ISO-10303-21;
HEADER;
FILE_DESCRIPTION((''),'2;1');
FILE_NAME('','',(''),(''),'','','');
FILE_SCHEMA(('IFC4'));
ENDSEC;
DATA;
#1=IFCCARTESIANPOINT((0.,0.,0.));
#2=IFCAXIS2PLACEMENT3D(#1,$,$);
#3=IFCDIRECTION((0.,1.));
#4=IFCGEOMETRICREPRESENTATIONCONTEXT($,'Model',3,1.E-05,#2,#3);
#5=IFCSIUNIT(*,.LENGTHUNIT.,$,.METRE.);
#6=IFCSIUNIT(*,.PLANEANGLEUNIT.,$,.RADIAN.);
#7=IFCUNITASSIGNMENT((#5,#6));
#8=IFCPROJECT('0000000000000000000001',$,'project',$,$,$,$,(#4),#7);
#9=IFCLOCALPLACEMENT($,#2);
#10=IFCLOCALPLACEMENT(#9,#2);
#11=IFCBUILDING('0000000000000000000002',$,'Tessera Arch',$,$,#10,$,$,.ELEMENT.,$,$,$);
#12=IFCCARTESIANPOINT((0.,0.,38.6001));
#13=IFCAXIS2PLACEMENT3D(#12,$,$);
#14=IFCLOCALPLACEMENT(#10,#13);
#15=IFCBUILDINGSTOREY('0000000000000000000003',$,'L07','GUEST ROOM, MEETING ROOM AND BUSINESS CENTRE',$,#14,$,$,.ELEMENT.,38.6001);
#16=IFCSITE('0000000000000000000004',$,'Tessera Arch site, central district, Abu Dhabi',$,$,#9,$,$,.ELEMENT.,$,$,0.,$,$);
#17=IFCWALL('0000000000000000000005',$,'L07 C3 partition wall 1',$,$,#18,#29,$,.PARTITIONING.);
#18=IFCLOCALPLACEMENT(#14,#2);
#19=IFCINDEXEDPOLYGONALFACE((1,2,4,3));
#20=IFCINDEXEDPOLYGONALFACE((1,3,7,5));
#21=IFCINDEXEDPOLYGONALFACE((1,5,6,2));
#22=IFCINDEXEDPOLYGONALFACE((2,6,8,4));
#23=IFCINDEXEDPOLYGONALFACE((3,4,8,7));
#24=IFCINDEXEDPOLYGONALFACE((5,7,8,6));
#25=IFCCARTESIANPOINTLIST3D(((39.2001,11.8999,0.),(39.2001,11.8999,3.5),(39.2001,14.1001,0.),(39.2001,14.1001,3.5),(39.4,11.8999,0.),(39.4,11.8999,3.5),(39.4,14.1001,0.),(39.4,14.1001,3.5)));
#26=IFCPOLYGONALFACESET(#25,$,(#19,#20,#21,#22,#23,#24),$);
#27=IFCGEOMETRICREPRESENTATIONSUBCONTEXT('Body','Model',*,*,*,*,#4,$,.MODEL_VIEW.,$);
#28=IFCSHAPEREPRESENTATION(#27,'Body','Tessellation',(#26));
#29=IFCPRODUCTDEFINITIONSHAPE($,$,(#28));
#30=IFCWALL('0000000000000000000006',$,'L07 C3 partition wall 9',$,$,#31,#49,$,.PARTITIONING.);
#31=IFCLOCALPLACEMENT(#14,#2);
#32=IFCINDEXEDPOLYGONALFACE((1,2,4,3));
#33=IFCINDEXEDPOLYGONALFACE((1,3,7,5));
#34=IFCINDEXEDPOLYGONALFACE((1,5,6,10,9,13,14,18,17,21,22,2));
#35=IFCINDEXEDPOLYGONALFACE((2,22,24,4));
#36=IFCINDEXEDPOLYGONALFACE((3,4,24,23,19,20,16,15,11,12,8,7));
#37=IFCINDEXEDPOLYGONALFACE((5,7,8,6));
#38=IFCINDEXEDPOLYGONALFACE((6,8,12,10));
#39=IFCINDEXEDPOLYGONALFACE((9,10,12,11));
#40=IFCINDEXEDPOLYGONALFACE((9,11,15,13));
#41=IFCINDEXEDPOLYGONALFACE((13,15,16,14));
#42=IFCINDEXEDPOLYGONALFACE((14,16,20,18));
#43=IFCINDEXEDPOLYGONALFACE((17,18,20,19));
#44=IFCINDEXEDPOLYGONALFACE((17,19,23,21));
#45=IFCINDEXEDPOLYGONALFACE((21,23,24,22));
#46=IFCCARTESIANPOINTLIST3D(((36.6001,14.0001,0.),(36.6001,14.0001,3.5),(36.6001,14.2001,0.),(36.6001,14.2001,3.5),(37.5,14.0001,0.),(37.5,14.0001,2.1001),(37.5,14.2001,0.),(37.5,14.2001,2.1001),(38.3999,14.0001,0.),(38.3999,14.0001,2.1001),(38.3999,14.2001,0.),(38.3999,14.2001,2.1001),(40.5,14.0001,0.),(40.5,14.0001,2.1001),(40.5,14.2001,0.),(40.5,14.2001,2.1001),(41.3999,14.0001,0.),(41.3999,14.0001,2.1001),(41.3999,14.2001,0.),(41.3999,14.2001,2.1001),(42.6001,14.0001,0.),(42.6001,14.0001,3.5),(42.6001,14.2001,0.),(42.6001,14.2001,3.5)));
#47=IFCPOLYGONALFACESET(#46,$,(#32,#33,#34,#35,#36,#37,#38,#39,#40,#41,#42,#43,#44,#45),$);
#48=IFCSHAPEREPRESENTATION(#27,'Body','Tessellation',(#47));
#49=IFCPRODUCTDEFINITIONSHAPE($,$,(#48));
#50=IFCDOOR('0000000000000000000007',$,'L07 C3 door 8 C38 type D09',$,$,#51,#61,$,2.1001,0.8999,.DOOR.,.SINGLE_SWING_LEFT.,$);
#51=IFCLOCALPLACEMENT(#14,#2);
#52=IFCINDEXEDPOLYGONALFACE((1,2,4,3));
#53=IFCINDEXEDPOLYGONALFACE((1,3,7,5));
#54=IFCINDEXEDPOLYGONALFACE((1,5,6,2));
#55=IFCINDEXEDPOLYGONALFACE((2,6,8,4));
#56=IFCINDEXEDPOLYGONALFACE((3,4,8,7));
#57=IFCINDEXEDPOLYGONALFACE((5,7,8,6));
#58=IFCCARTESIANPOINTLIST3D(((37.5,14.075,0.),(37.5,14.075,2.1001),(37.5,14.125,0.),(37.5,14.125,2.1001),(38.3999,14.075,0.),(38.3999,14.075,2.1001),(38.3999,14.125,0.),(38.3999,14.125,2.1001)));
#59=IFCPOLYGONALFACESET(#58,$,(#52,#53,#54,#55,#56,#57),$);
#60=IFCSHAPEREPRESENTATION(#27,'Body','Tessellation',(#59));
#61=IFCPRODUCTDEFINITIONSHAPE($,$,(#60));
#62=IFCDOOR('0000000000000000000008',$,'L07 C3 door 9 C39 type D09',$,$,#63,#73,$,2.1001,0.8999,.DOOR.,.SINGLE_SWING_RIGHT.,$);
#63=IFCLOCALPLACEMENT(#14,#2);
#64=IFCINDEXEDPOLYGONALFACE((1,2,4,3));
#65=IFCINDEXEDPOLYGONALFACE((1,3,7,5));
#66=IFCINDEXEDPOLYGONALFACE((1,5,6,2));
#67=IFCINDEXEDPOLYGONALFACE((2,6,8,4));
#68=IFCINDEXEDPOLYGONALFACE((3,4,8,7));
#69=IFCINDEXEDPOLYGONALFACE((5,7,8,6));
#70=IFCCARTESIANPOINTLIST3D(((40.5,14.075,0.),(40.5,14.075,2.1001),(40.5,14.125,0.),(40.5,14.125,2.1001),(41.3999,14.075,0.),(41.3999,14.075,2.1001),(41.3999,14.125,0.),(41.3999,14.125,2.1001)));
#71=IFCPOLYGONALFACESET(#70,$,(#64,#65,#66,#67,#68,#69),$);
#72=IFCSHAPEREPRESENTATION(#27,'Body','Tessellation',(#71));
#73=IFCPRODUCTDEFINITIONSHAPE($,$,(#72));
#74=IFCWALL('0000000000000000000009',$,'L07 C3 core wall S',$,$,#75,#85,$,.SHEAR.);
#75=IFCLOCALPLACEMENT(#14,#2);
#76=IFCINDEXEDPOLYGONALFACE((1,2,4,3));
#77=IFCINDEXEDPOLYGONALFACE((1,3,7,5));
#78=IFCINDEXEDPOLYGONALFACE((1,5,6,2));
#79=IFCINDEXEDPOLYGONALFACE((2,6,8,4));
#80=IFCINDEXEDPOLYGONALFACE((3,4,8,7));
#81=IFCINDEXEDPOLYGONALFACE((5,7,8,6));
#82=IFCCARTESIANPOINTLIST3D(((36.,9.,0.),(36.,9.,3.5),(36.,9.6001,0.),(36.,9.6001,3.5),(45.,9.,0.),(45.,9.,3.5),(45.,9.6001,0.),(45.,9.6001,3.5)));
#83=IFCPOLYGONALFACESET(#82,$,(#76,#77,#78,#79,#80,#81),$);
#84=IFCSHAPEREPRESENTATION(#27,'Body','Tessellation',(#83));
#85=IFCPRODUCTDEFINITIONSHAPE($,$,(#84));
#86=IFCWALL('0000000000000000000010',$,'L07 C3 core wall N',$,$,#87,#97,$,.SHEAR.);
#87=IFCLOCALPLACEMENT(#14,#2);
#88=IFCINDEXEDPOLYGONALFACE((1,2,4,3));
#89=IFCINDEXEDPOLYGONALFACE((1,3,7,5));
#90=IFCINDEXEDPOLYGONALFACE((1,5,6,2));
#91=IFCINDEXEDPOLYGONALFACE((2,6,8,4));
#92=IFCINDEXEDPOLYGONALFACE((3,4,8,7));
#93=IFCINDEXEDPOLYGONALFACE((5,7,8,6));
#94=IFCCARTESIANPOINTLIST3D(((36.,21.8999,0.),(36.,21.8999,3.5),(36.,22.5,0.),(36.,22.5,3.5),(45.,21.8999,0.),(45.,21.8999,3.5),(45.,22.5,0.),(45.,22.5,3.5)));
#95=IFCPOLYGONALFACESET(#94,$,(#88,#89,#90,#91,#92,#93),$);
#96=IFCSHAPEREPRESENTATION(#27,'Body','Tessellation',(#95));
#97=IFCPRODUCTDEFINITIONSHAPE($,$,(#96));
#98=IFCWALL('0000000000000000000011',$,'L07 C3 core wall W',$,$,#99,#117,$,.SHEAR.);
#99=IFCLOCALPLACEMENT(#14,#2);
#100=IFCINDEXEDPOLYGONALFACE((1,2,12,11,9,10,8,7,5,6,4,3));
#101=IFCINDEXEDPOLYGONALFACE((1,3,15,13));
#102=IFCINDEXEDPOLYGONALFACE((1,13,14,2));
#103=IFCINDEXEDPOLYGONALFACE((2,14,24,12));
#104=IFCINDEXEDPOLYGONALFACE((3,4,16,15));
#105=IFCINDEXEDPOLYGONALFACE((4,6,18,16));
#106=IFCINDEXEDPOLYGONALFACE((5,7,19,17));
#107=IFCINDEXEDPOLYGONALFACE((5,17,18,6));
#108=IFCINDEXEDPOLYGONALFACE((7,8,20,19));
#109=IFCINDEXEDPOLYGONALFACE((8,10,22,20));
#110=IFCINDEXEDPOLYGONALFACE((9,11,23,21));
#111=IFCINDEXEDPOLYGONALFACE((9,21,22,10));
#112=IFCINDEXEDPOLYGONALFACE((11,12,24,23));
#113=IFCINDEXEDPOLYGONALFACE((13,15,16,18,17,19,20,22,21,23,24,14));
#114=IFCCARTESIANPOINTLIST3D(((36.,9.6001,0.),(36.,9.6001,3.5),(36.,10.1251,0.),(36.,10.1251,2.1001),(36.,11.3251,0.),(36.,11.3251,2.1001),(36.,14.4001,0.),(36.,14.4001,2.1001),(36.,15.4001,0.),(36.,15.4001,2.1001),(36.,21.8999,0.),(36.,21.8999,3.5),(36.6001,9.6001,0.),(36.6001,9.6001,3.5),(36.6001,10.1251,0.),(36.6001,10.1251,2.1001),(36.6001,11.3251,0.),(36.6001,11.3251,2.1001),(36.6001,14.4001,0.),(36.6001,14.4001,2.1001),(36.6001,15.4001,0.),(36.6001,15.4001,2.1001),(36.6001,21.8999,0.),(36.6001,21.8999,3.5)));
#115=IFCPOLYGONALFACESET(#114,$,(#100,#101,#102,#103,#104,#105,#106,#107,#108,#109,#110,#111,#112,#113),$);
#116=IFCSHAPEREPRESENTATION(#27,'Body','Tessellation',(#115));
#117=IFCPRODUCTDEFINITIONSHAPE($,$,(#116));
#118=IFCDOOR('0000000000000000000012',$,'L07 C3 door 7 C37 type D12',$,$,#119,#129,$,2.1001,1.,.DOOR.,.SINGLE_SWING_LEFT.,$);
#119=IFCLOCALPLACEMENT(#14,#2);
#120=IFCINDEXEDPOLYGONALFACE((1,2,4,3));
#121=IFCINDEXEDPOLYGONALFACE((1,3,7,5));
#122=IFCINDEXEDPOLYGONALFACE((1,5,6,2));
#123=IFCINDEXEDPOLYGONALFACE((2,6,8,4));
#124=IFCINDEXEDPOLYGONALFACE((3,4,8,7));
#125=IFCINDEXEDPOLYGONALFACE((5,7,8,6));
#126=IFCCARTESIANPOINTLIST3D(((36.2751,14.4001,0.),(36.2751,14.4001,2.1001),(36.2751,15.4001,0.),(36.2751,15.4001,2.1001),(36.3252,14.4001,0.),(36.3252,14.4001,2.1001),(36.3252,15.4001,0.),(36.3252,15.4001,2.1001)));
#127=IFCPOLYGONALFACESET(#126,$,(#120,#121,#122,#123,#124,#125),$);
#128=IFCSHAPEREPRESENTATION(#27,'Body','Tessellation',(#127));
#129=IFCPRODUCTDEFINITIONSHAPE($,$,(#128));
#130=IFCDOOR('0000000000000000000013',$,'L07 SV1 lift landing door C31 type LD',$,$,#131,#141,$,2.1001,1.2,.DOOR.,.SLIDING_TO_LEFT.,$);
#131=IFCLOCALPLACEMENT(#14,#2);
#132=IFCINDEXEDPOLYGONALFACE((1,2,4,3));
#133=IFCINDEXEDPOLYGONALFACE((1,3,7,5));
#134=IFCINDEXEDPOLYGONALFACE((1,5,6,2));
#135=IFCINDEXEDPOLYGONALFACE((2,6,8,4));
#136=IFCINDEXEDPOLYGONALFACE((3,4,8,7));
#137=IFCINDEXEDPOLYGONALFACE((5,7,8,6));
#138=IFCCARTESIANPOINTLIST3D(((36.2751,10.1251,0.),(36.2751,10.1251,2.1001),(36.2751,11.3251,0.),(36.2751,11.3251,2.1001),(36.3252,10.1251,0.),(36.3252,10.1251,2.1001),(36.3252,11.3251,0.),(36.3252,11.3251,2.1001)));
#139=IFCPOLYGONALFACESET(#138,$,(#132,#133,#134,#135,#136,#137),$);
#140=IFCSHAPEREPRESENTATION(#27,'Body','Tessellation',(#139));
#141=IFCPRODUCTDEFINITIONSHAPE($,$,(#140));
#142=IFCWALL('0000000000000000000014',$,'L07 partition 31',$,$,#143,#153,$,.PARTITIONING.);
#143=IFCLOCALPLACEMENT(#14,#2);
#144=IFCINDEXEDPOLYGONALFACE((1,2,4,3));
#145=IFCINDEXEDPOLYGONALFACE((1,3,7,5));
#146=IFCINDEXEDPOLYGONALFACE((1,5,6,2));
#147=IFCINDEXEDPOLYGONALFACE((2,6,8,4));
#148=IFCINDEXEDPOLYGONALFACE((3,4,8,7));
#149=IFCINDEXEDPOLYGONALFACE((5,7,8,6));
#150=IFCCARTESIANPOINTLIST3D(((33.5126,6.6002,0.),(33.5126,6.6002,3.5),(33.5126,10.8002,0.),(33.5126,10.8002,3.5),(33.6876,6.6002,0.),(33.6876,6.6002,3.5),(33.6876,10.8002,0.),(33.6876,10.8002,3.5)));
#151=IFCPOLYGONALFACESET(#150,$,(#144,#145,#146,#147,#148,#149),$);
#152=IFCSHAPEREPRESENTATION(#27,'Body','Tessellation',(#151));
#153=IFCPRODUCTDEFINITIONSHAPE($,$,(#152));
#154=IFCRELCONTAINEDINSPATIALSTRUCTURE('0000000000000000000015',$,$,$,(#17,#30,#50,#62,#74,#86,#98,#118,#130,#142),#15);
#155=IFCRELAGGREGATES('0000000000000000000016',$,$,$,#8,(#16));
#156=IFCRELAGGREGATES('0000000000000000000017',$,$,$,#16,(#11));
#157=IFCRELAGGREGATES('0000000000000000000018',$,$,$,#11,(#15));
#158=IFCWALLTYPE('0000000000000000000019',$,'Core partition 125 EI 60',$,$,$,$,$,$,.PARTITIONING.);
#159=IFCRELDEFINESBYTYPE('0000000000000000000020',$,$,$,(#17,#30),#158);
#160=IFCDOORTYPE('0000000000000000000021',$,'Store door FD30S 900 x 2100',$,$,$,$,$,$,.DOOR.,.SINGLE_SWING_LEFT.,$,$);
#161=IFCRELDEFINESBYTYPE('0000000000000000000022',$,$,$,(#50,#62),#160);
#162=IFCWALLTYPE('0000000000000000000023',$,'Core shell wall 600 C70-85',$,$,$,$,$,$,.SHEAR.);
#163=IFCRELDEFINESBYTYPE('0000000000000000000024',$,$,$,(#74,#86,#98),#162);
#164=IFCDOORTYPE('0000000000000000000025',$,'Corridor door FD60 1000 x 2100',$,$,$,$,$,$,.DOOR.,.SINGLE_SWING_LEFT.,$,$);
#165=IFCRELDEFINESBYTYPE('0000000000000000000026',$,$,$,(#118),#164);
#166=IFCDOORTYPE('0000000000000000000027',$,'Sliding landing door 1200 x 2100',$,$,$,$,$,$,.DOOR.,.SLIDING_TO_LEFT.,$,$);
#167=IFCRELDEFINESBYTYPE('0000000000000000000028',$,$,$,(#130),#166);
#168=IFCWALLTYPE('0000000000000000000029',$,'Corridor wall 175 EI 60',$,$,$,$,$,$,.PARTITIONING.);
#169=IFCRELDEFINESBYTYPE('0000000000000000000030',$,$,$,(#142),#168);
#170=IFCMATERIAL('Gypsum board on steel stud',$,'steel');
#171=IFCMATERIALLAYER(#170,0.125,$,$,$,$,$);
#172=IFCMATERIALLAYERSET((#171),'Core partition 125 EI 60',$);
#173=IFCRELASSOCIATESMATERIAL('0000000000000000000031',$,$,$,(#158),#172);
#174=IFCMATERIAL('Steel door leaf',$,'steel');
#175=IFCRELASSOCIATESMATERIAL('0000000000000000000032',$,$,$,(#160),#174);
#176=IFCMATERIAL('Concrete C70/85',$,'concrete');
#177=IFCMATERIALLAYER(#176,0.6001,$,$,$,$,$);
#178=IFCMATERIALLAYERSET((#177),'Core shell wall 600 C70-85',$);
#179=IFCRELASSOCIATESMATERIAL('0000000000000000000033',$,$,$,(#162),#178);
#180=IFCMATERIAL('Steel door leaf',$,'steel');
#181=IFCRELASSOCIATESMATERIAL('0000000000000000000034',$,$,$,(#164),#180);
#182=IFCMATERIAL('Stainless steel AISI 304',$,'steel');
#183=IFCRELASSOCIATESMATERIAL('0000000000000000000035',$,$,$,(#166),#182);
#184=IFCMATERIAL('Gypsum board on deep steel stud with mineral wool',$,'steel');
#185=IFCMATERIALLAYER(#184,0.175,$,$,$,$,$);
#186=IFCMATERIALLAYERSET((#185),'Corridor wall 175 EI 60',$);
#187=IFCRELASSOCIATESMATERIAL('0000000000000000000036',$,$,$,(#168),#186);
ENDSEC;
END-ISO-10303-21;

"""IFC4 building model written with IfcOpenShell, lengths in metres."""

from ifc_helpers import new_model, si_unit, direction, frame, frame_2d, origin, place, context, subcontext, project, spatial, rectangle, extrude, material, layer, layer_set, type_object, element, fill, save


model = new_model("IFC4")

# Units and contexts
model_context = context("Model", 3, precision=1e-05, world=origin(), true_north=direction((0.0, 1.0)))
body_context = subcontext(model_context, "Body", "Model", "MODEL_VIEW")
ifc_project = project(units=[si_unit("LENGTHUNIT", "METRE"), si_unit("PLANEANGLEUNIT", "RADIAN")], contexts=[model_context])

# Site, building, storey
site_placement = place(None, origin())
site = spatial("IfcSite", under=ifc_project, at=site_placement, Name="Tessera Arch site, central district, Abu Dhabi", CompositionType="ELEMENT", RefElevation=0.0)
building_placement = place(site_placement, origin())
building = spatial("IfcBuilding", under=site, at=building_placement, Name="Tessera Arch", CompositionType="ELEMENT")
storey_placement = place(building_placement, frame((0.0, 0.0, 38.6001)))
storey = spatial("IfcBuildingStorey", under=building, at=storey_placement, Name="L07", Description="GUEST ROOM, MEETING ROOM AND BUSINESS CENTRE", CompositionType="ELEMENT", Elevation=38.6001)

# Wall
ifc_material_1 = material(Name="Gypsum board on steel stud", Category="steel")
ifc_layer_1 = layer(ifc_material_1, 0.125)
ifc_layer_set_1 = layer_set([ifc_layer_1], Name="Core partition 125 EI 60")
wall_type_1 = type_object("IfcWallType", Name="Core partition 125 EI 60", PredefinedType="PARTITIONING", material=ifc_layer_set_1)
wall_1_placement = place(storey_placement, frame((39.3, 11.8999, 0.0), z_axis=(0.0, 0.0, 1.0), x_axis=(0.0, 1.0, 0.0)))
element("IfcWall", 1, at=wall_1_placement, inside=storey, type_object=wall_type_1, Name="L07 C3 partition wall 1", PredefinedType="PARTITIONING", context=body_context, shape_type="SweptSolid", body=[
    extrude(rectangle(XDim=2.2002, YDim=0.2, at=frame_2d((1.1001, 0.0))), origin(), (0.0, 0.0, 1.0), 3.5),
])

# Wall, openings, doors
wall_2_placement = place(storey_placement, frame((36.6001, 14.1001, 0.0), z_axis=(0.0, 0.0, 1.0), x_axis=(1.0, 0.0, 0.0)))
wall_2 = element("IfcWall", 2, at=wall_2_placement, inside=storey, type_object=wall_type_1, Name="L07 C3 partition wall 9", PredefinedType="PARTITIONING", context=body_context, shape_type="SweptSolid", body=[
    extrude(rectangle(XDim=6.0, YDim=0.2, at=frame_2d((3.0, 0.0))), origin(), (0.0, 0.0, 1.0), 3.5),
])
opening_1_placement = place(wall_2_placement, frame((0.8999, 0.0, 0.0)))
opening_1 = element("IfcOpeningElement", 3, at=opening_1_placement, cuts=wall_2, PredefinedType="OPENING", context=body_context, shape_type="SweptSolid", body=[
    extrude(rectangle(XDim=0.8999, YDim=2.1001, at=frame_2d((0.45, 1.05))), frame((0.0, 0.1099, 0.0), z_axis=(0.0, -1.0, 0.0), x_axis=(1.0, 0.0, 0.0)), (0.0, 0.0, 1.0), 0.22),
])
opening_2_placement = place(wall_2_placement, frame((3.8999, 0.0, 0.0)))
opening_2 = element("IfcOpeningElement", 4, at=opening_2_placement, cuts=wall_2, PredefinedType="OPENING", context=body_context, shape_type="SweptSolid", body=[
    extrude(rectangle(XDim=0.8999, YDim=2.1001, at=frame_2d((0.45, 1.05))), frame((0.0, 0.1099, 0.0), z_axis=(0.0, -1.0, 0.0), x_axis=(1.0, 0.0, 0.0)), (0.0, 0.0, 1.0), 0.22),
])
ifc_material_2 = material(Name="Steel door leaf", Category="steel")
door_type_1 = type_object("IfcDoorType", Name="Store door FD30S 900 x 2100", OperationType="SINGLE_SWING_LEFT", PredefinedType="DOOR", material=ifc_material_2)
door_1_placement = place(opening_1_placement, origin())
door_1 = element("IfcDoor", 5, at=door_1_placement, inside=storey, type_object=door_type_1, Name="L07 C3 door 8 C38 type D09", OperationType="SINGLE_SWING_LEFT", OverallHeight=2.1001, OverallWidth=0.8999, PredefinedType="DOOR", context=body_context, shape_type="SweptSolid", body=[
    extrude(rectangle(XDim=0.8999, YDim=2.1001, at=frame_2d((0.45, 1.05))), frame((0.0, 0.0249, 0.0), z_axis=(0.0, -1.0, 0.0), x_axis=(1.0, 0.0, 0.0)), (0.0, 0.0, 1.0), 0.05),
])
fill(opening_1, door_1)
door_2_placement = place(opening_2_placement, origin())
door_2 = element("IfcDoor", 6, at=door_2_placement, inside=storey, type_object=door_type_1, Name="L07 C3 door 9 C39 type D09", OperationType="SINGLE_SWING_RIGHT", OverallHeight=2.1001, OverallWidth=0.8999, PredefinedType="DOOR", context=body_context, shape_type="SweptSolid", body=[
    extrude(rectangle(XDim=0.8999, YDim=2.1001, at=frame_2d((0.45, 1.05))), frame((0.0, 0.0249, 0.0), z_axis=(0.0, -1.0, 0.0), x_axis=(1.0, 0.0, 0.0)), (0.0, 0.0, 1.0), 0.05),
])
fill(opening_2, door_2)

# Walls
ifc_material_3 = material(Name="Concrete C70/85", Category="concrete")
ifc_layer_2 = layer(ifc_material_3, 0.6001)
ifc_layer_set_2 = layer_set([ifc_layer_2], Name="Core shell wall 600 C70-85")
wall_type_2 = type_object("IfcWallType", Name="Core shell wall 600 C70-85", PredefinedType="SHEAR", material=ifc_layer_set_2)
for number, where, z_axis, x_axis, name in (
    (7, (36.0, 9.3, 0.0), (0.0, 0.0, 1.0), (1.0, 0.0, 0.0), "L07 C3 core wall S"),
    (8, (36.0, 22.2, 0.0), (0.0, 0.0, 1.0), (1.0, 0.0, 0.0), "L07 C3 core wall N"),
):
    element("IfcWall", number, at=place(storey_placement, frame(where, z_axis=z_axis, x_axis=x_axis)), inside=storey, type_object=wall_type_2, Name=name, PredefinedType="SHEAR", context=body_context, shape_type="SweptSolid", body=[
        extrude(rectangle(XDim=9.0, YDim=0.6001, at=frame_2d((4.5, 0.0))), origin(), (0.0, 0.0, 1.0), 3.5),
    ])

# Wall, openings, doors
wall_3_placement = place(storey_placement, frame((36.3, 9.6001, 0.0), z_axis=(0.0, 0.0, 1.0), x_axis=(0.0, 1.0, 0.0)))
wall_3 = element("IfcWall", 9, at=wall_3_placement, inside=storey, type_object=wall_type_2, Name="L07 C3 core wall W", PredefinedType="SHEAR", context=body_context, shape_type="SweptSolid", body=[
    extrude(rectangle(XDim=12.2998, YDim=0.6001, at=frame_2d((6.1499, 0.0))), origin(), (0.0, 0.0, 1.0), 3.5),
])
opening_3_placement = place(wall_3_placement, frame((0.5249, 0.0, 0.0)))
opening_3 = element("IfcOpeningElement", 10, at=opening_3_placement, cuts=wall_3, PredefinedType="OPENING", context=body_context, shape_type="SweptSolid", body=[
    extrude(rectangle(XDim=1.2, YDim=2.1001, at=frame_2d((0.6001, 1.05))), frame((0.0, 0.3101, 0.0), z_axis=(0.0, -1.0, 0.0), x_axis=(1.0, 0.0, 0.0)), (0.0, 0.0, 1.0), 0.6201),
])
opening_4_placement = place(wall_3_placement, frame((4.8, 0.0, 0.0)))
opening_4 = element("IfcOpeningElement", 11, at=opening_4_placement, cuts=wall_3, PredefinedType="OPENING", context=body_context, shape_type="SweptSolid", body=[
    extrude(rectangle(XDim=1.0, YDim=2.1001, at=frame_2d((0.5, 1.05))), frame((0.0, 0.3101, 0.0), z_axis=(0.0, -1.0, 0.0), x_axis=(1.0, 0.0, 0.0)), (0.0, 0.0, 1.0), 0.6201),
])
ifc_material_4 = material(Name="Steel door leaf", Category="steel")
door_type_2 = type_object("IfcDoorType", Name="Corridor door FD60 1000 x 2100", OperationType="SINGLE_SWING_LEFT", PredefinedType="DOOR", material=ifc_material_4)
door_3_placement = place(opening_4_placement, origin())
door_3 = element("IfcDoor", 12, at=door_3_placement, inside=storey, type_object=door_type_2, Name="L07 C3 door 7 C37 type D12", OperationType="SINGLE_SWING_LEFT", OverallHeight=2.1001, OverallWidth=1.0, PredefinedType="DOOR", context=body_context, shape_type="SweptSolid", body=[
    extrude(rectangle(XDim=1.0, YDim=2.1001, at=frame_2d((0.5, 1.05))), frame((0.0, 0.0249, 0.0), z_axis=(0.0, -1.0, 0.0), x_axis=(1.0, 0.0, 0.0)), (0.0, 0.0, 1.0), 0.05),
])
fill(opening_4, door_3)
ifc_material_5 = material(Name="Stainless steel AISI 304", Category="steel")
door_type_3 = type_object("IfcDoorType", Name="Sliding landing door 1200 x 2100", OperationType="SLIDING_TO_LEFT", PredefinedType="DOOR", material=ifc_material_5)
door_4_placement = place(opening_3_placement, origin())
door_4 = element("IfcDoor", 13, at=door_4_placement, inside=storey, type_object=door_type_3, Name="L07 SV1 lift landing door C31 type LD", OperationType="SLIDING_TO_LEFT", OverallHeight=2.1001, OverallWidth=1.2, PredefinedType="DOOR", context=body_context, shape_type="SweptSolid", body=[
    extrude(rectangle(XDim=1.2, YDim=2.1001, at=frame_2d((0.6001, 1.05))), frame((0.0, 0.0249, 0.0), z_axis=(0.0, -1.0, 0.0), x_axis=(1.0, 0.0, 0.0)), (0.0, 0.0, 1.0), 0.05),
])
fill(opening_3, door_4)

# Wall
ifc_material_6 = material(Name="Gypsum board on deep steel stud with mineral wool", Category="steel")
ifc_layer_3 = layer(ifc_material_6, 0.175)
ifc_layer_set_3 = layer_set([ifc_layer_3], Name="Corridor wall 175 EI 60")
wall_type_3 = type_object("IfcWallType", Name="Corridor wall 175 EI 60", PredefinedType="PARTITIONING", material=ifc_layer_set_3)
wall_4_placement = place(storey_placement, frame((33.6001, 6.6001, 0.0), z_axis=(0.0, 0.0, 1.0), x_axis=(0.0, 1.0, 0.0)))
element("IfcWall", 14, at=wall_4_placement, inside=storey, type_object=wall_type_3, Name="L07 partition 31", PredefinedType="PARTITIONING", context=body_context, shape_type="SweptSolid", body=[
    extrude(rectangle(XDim=4.2, YDim=0.175, at=frame_2d((2.1001, 0.0))), origin(), (0.0, 0.0, 1.0), 3.5),
])

save(model, "model.ifc")
